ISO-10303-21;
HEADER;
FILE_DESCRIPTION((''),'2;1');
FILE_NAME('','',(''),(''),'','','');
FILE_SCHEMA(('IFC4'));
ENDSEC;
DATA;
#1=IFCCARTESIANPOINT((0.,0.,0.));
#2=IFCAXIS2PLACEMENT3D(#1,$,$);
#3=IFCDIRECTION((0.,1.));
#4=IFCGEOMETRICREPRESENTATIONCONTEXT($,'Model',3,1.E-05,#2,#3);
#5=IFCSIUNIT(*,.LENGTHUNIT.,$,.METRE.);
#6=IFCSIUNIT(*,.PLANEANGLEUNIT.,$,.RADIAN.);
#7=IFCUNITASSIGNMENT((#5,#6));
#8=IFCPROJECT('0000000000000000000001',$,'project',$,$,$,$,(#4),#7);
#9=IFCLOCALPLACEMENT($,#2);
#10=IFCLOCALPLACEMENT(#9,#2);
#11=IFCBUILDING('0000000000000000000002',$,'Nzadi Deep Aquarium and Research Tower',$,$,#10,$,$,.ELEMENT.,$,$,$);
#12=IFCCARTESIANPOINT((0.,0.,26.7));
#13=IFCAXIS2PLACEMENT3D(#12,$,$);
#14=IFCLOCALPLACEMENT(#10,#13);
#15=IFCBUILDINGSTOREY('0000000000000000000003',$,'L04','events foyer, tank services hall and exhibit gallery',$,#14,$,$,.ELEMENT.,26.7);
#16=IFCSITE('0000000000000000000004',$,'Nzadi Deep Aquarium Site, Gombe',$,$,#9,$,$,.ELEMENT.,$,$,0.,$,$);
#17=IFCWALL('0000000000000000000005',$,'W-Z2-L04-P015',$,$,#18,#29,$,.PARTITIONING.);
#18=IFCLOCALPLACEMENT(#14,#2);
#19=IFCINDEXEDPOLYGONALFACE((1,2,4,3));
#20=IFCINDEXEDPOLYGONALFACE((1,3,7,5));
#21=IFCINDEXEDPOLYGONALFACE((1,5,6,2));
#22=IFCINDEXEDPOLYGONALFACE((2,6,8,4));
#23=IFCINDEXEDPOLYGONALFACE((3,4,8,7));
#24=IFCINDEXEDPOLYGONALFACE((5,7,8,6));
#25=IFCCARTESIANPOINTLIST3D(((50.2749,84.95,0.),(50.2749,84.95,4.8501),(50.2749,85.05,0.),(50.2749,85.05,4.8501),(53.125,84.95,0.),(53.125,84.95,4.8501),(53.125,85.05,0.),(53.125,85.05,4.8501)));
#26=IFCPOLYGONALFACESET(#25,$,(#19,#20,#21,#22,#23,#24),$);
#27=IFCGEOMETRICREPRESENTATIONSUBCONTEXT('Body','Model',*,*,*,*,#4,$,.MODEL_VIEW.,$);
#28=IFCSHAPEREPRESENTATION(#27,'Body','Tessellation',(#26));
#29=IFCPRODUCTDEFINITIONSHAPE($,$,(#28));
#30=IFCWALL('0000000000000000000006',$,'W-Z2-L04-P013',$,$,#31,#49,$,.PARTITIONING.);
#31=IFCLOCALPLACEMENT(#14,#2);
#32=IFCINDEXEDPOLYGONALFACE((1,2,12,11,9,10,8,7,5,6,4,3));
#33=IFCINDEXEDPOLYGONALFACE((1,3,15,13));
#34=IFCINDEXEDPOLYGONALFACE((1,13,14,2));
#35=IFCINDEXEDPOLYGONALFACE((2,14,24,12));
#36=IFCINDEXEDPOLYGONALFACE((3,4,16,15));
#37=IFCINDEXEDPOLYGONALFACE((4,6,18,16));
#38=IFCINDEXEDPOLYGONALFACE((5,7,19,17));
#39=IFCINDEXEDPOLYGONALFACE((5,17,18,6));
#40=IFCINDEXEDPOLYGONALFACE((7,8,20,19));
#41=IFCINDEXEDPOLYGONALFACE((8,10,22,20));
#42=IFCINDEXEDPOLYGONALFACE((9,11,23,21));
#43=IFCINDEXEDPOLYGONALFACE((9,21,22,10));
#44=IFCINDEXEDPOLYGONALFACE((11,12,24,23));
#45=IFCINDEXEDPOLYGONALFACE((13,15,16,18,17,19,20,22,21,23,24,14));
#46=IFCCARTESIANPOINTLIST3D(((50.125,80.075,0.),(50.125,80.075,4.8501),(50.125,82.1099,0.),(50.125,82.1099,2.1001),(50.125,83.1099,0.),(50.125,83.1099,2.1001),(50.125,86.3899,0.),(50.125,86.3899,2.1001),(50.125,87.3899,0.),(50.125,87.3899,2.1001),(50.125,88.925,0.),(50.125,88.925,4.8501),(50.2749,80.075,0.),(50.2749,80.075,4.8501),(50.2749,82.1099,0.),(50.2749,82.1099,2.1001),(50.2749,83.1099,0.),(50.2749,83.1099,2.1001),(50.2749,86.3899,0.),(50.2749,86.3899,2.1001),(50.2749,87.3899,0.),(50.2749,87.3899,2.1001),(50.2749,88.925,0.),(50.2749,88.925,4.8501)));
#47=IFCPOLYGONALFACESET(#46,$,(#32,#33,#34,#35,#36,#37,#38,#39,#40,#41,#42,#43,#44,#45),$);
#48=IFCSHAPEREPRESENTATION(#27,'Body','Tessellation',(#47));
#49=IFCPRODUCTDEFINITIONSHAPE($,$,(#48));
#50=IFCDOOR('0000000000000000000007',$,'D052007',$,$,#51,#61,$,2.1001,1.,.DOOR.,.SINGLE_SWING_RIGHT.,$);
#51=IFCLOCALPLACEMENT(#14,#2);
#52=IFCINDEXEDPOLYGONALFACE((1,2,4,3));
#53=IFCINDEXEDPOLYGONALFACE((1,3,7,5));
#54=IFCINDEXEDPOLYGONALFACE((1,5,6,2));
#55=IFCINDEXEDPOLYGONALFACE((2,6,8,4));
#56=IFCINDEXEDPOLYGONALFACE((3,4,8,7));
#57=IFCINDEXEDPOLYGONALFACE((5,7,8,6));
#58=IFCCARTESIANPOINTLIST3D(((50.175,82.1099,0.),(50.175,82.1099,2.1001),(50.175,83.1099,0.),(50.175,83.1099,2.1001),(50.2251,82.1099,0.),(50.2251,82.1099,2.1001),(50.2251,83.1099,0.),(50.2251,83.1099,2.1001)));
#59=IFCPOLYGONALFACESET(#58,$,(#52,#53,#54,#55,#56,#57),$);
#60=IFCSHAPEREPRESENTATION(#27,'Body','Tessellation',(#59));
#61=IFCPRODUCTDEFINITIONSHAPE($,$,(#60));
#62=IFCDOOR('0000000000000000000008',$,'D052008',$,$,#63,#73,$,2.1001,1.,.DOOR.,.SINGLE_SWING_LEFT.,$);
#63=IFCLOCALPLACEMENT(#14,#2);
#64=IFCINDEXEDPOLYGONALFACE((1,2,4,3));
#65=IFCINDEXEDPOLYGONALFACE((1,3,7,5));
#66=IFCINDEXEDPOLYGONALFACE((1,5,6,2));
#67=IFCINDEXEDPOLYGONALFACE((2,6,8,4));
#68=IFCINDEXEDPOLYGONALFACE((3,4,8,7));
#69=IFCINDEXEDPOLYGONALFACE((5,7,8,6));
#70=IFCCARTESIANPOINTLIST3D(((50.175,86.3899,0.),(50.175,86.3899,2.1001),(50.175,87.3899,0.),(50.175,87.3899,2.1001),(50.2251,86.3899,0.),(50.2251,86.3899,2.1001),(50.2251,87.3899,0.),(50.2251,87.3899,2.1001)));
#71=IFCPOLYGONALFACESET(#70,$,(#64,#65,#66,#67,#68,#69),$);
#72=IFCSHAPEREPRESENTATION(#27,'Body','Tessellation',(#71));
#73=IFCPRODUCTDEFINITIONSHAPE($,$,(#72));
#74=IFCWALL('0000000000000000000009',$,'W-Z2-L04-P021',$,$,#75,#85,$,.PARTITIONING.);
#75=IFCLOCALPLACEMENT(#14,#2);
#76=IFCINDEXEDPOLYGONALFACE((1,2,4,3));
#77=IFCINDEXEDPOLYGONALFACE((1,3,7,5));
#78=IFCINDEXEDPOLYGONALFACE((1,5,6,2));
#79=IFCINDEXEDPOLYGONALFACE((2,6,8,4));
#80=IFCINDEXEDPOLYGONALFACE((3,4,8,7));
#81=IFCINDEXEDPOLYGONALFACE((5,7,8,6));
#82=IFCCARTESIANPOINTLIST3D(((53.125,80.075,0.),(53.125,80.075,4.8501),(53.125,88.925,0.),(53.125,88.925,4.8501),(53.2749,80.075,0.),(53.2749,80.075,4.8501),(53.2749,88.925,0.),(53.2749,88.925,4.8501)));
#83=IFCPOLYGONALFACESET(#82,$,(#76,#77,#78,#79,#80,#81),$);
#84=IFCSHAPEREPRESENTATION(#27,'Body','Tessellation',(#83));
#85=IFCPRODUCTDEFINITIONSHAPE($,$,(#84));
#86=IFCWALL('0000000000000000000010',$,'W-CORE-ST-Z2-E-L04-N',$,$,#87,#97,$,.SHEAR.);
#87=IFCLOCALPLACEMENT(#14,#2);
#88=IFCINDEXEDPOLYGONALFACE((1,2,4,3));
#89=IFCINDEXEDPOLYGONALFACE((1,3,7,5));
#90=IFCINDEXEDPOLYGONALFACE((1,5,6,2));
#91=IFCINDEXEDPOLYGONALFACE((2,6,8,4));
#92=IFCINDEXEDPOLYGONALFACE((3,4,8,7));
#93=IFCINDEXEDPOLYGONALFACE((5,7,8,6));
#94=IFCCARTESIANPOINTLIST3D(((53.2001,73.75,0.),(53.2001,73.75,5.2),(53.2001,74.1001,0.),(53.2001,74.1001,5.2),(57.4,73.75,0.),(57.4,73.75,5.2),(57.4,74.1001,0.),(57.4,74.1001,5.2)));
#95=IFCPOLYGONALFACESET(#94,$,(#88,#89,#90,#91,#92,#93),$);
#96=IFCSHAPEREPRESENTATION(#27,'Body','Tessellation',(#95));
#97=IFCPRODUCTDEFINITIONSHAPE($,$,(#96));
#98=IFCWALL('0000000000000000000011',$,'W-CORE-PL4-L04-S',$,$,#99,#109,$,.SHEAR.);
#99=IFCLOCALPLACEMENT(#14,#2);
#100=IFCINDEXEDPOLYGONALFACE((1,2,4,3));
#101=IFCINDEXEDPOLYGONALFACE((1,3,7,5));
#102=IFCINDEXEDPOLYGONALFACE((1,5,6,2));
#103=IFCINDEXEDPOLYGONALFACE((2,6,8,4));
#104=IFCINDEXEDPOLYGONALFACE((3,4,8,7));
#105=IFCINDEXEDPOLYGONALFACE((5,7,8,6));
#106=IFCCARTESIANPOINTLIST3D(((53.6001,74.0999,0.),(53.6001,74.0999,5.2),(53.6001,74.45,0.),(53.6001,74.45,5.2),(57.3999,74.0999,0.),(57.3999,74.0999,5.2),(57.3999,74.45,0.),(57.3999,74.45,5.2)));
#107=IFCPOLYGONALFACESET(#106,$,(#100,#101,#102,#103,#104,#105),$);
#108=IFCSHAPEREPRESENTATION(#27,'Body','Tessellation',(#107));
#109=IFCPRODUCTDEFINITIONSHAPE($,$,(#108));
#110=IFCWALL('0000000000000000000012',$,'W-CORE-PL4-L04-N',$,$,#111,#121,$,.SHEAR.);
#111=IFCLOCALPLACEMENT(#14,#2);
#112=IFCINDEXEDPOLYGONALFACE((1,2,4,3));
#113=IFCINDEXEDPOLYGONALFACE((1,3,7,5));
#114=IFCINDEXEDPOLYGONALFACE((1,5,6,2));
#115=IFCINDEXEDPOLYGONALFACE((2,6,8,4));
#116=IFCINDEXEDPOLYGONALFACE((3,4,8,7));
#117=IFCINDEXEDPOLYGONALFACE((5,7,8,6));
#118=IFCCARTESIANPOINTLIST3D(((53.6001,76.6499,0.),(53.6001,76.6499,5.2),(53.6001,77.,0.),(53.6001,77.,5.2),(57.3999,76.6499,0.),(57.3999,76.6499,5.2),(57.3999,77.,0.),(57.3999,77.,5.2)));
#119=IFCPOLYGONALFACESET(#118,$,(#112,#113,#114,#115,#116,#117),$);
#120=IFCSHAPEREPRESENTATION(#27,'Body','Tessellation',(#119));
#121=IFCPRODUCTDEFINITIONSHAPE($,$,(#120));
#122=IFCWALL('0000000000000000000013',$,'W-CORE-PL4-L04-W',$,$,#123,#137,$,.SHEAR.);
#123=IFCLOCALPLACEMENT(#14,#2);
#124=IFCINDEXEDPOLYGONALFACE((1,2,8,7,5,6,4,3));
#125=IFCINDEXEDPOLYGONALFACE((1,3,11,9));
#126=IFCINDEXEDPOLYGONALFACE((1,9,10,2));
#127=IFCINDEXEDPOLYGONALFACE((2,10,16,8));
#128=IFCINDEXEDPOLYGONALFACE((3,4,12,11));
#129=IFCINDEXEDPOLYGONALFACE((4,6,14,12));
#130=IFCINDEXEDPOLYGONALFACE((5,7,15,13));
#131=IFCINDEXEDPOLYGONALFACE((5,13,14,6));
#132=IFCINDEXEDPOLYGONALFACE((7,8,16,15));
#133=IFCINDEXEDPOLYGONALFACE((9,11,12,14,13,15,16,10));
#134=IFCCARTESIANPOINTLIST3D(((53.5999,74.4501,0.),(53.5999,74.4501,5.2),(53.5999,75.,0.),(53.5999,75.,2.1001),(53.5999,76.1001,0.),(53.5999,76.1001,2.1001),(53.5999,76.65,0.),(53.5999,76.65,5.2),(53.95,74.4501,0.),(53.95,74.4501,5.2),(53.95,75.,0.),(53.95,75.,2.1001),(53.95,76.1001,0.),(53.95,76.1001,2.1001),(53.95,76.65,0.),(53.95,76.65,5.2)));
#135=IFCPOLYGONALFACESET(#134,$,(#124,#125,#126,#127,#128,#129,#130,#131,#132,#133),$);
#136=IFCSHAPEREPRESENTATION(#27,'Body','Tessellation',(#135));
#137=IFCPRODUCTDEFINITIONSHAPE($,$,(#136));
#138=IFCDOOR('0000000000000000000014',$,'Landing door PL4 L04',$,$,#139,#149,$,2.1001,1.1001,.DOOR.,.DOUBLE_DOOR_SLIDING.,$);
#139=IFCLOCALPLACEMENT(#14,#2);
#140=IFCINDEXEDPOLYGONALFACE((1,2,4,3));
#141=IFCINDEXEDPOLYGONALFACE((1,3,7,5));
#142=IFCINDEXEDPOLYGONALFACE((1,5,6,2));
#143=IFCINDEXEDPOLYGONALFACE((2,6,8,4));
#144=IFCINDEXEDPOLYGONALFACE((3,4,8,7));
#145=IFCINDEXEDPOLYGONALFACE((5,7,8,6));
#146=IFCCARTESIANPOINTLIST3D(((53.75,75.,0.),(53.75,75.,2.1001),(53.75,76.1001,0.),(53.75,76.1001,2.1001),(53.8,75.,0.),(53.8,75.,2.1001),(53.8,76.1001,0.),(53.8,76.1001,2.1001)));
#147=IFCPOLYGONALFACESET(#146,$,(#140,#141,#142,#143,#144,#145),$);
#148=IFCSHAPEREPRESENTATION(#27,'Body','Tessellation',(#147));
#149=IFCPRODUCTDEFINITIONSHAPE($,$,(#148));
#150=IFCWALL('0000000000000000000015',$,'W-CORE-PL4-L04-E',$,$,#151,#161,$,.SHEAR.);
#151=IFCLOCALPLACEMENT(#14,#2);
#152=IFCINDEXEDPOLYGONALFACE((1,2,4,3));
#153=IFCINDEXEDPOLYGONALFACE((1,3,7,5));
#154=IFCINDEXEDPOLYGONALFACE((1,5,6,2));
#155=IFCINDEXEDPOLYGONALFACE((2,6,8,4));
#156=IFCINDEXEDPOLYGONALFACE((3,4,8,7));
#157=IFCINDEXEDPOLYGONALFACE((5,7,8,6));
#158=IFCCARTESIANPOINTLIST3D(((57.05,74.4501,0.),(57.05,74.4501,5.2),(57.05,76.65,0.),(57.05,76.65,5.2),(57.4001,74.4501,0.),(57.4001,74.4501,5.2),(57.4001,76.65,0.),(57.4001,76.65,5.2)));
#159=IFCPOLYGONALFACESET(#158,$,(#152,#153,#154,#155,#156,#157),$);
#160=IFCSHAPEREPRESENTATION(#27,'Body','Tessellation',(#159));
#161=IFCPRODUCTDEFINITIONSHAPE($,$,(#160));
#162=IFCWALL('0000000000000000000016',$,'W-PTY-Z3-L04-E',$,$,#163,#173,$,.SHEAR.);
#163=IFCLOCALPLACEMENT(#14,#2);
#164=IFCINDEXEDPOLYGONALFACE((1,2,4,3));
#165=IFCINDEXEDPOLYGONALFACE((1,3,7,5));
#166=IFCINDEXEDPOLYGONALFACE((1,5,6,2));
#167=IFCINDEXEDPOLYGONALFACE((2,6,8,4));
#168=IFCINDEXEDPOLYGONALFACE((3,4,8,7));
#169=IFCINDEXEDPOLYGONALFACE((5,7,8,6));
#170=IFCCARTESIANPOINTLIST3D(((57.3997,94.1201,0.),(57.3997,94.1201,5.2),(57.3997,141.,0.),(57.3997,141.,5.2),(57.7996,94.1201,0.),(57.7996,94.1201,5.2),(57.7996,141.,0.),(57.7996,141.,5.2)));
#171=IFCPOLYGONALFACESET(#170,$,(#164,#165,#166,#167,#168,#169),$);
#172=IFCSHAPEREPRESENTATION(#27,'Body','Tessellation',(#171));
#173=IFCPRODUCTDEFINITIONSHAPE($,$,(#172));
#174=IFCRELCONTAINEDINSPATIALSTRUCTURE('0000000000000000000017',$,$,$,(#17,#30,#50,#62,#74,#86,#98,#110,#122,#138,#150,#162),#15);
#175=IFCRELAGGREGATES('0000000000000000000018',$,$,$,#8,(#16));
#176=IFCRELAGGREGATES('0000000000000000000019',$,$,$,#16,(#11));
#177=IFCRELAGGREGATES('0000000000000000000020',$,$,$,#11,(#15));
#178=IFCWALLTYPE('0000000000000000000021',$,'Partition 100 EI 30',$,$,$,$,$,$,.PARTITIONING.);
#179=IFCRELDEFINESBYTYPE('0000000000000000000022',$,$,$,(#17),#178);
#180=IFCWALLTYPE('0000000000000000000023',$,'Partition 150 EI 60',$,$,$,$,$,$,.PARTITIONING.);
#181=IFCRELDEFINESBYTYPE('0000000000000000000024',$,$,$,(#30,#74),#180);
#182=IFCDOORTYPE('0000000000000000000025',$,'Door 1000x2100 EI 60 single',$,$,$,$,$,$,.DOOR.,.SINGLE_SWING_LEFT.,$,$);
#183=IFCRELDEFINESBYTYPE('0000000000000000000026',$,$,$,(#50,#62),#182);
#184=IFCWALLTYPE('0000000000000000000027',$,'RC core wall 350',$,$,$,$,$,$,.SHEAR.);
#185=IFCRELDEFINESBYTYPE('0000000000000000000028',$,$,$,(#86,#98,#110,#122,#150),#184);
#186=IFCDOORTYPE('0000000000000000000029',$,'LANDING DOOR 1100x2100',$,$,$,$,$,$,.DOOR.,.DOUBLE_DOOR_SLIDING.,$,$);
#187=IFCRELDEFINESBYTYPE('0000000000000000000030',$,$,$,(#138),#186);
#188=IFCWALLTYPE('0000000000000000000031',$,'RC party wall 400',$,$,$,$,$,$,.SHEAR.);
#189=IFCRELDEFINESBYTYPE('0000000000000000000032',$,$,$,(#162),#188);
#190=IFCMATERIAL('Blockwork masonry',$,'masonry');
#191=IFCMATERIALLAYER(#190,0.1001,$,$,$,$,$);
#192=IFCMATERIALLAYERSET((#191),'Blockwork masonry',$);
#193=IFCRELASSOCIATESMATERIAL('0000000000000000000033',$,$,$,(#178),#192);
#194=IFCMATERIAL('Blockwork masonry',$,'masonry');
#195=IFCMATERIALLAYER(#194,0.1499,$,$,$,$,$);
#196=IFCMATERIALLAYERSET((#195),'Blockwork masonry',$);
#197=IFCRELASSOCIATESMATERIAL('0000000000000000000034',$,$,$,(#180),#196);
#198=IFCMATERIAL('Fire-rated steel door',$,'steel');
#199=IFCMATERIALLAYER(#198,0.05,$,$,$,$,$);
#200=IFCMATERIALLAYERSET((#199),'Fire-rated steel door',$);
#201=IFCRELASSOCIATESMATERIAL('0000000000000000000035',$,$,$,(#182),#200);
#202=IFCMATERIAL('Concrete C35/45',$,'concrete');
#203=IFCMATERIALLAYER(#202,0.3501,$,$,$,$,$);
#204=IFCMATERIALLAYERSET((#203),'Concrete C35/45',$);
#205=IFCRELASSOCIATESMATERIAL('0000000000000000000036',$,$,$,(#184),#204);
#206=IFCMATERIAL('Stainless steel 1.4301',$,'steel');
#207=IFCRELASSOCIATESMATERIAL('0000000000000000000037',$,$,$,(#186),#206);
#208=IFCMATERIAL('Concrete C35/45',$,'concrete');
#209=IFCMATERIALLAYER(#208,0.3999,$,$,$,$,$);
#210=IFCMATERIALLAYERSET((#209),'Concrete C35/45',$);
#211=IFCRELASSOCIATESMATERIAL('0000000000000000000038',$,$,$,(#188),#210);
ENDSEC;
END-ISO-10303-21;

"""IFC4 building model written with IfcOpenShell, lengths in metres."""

from ifc_helpers import new_model, si_unit, direction, frame, frame_2d, origin, place, context, subcontext, project, spatial, rectangle, extrude, material, layer, layer_set, type_object, element, fill, save


model = new_model("IFC4")

# Units and contexts
model_context = context("Model", 3, precision=1e-05, world=origin(), true_north=direction((0.0, 1.0)))
body_context = subcontext(model_context, "Body", "Model", "MODEL_VIEW")
ifc_project = project(units=[si_unit("LENGTHUNIT", "METRE"), si_unit("PLANEANGLEUNIT", "RADIAN")], contexts=[model_context])

# Site, building, storey
site_placement = place(None, origin())
site = spatial("IfcSite", under=ifc_project, at=site_placement, Name="Nzadi Deep Aquarium Site, Gombe", CompositionType="ELEMENT", RefElevation=0.0)
building_placement = place(site_placement, origin())
building = spatial("IfcBuilding", under=site, at=building_placement, Name="Nzadi Deep Aquarium and Research Tower", CompositionType="ELEMENT")
storey_placement = place(building_placement, frame((0.0, 0.0, 26.7)))
storey = spatial("IfcBuildingStorey", under=building, at=storey_placement, Name="L04", Description="events foyer, tank services hall and exhibit gallery", CompositionType="ELEMENT", Elevation=26.7)

# Wall
ifc_material_1 = material(Name="Blockwork masonry", Category="masonry")
ifc_layer_1 = layer(ifc_material_1, 0.1001)
ifc_layer_set_1 = layer_set([ifc_layer_1], Name="Blockwork masonry")
wall_type_1 = type_object("IfcWallType", Name="Partition 100 EI 30", PredefinedType="PARTITIONING", material=ifc_layer_set_1)
wall_1_placement = place(storey_placement, frame((50.2749, 85.0, 0.0), z_axis=(0.0, 0.0, 1.0), x_axis=(1.0, 0.0, 0.0)))
element("IfcWall", 1, at=wall_1_placement, inside=storey, type_object=wall_type_1, Name="W-Z2-L04-P015", PredefinedType="PARTITIONING", context=body_context, shape_type="SweptSolid", body=[
    extrude(rectangle(XDim=2.8501, YDim=0.1001, at=frame_2d((1.425, 0.0))), origin(), (0.0, 0.0, 1.0), 4.8501),
])

# Wall, openings, doors
ifc_material_2 = material(Name="Blockwork masonry", Category="masonry")
ifc_layer_2 = layer(ifc_material_2, 0.1499)
ifc_layer_set_2 = layer_set([ifc_layer_2], Name="Blockwork masonry")
wall_type_2 = type_object("IfcWallType", Name="Partition 150 EI 60", PredefinedType="PARTITIONING", material=ifc_layer_set_2)
wall_2_placement = place(storey_placement, frame((50.2, 80.075, 0.0), z_axis=(0.0, 0.0, 1.0), x_axis=(0.0, 1.0, 0.0)))
wall_2 = element("IfcWall", 2, at=wall_2_placement, inside=storey, type_object=wall_type_2, Name="W-Z2-L04-P013", PredefinedType="PARTITIONING", context=body_context, shape_type="SweptSolid", body=[
    extrude(rectangle(XDim=8.8501, YDim=0.1499, at=frame_2d((4.425, 0.0))), origin(), (0.0, 0.0, 1.0), 4.8501),
])
opening_1_placement = place(wall_2_placement, frame((2.0349, 0.0, 0.0)))
opening_1 = element("IfcOpeningElement", 3, at=opening_1_placement, cuts=wall_2, PredefinedType="OPENING", context=body_context, shape_type="SweptSolid", body=[
    extrude(rectangle(XDim=1.0, YDim=2.1001, at=frame_2d((0.5, 1.05))), frame((0.0, 0.085, 0.0), z_axis=(0.0, -1.0, 0.0), x_axis=(1.0, 0.0, 0.0)), (0.0, 0.0, 1.0), 0.1699),
])
opening_2_placement = place(wall_2_placement, frame((6.3149, 0.0, 0.0)))
opening_2 = element("IfcOpeningElement", 4, at=opening_2_placement, cuts=wall_2, PredefinedType="OPENING", context=body_context, shape_type="SweptSolid", body=[
    extrude(rectangle(XDim=1.0, YDim=2.1001, at=frame_2d((0.5, 1.05))), frame((0.0, 0.085, 0.0), z_axis=(0.0, -1.0, 0.0), x_axis=(1.0, 0.0, 0.0)), (0.0, 0.0, 1.0), 0.1699),
])
ifc_material_3 = material(Name="Fire-rated steel door", Category="steel")
ifc_layer_3 = layer(ifc_material_3, 0.05)
ifc_layer_set_3 = layer_set([ifc_layer_3], Name="Fire-rated steel door")
door_type_1 = type_object("IfcDoorType", Name="Door 1000x2100 EI 60 single", OperationType="SINGLE_SWING_LEFT", PredefinedType="DOOR", material=ifc_layer_set_3)
door_1_placement = place(opening_1_placement, origin())
door_1 = element("IfcDoor", 5, at=door_1_placement, inside=storey, type_object=door_type_1, Name="D052007", OperationType="SINGLE_SWING_RIGHT", OverallHeight=2.1001, OverallWidth=1.0, PredefinedType="DOOR", context=body_context, shape_type="SweptSolid", body=[
    extrude(rectangle(XDim=1.0, YDim=2.1001, at=frame_2d((0.5, 1.05))), frame((0.0, 0.0249, 0.0), z_axis=(0.0, -1.0, 0.0), x_axis=(1.0, 0.0, 0.0)), (0.0, 0.0, 1.0), 0.05),
])
fill(opening_1, door_1)
door_2_placement = place(opening_2_placement, origin())
door_2 = element("IfcDoor", 6, at=door_2_placement, inside=storey, type_object=door_type_1, Name="D052008", OperationType="SINGLE_SWING_LEFT", OverallHeight=2.1001, OverallWidth=1.0, PredefinedType="DOOR", context=body_context, shape_type="SweptSolid", body=[
    extrude(rectangle(XDim=1.0, YDim=2.1001, at=frame_2d((0.5, 1.05))), frame((0.0, 0.0249, 0.0), z_axis=(0.0, -1.0, 0.0), x_axis=(1.0, 0.0, 0.0)), (0.0, 0.0, 1.0), 0.05),
])
fill(opening_2, door_2)

# Walls
wall_3_placement = place(storey_placement, frame((53.2, 80.075, 0.0), z_axis=(0.0, 0.0, 1.0), x_axis=(0.0, 1.0, 0.0)))
element("IfcWall", 7, at=wall_3_placement, inside=storey, type_object=wall_type_2, Name="W-Z2-L04-P021", PredefinedType="PARTITIONING", context=body_context, shape_type="SweptSolid", body=[
    extrude(rectangle(XDim=8.8501, YDim=0.1499, at=frame_2d((4.425, 0.0))), origin(), (0.0, 0.0, 1.0), 4.8501),
])
ifc_material_4 = material(Name="Concrete C35/45", Category="concrete")
ifc_layer_4 = layer(ifc_material_4, 0.3501)
ifc_layer_set_4 = layer_set([ifc_layer_4], Name="Concrete C35/45")
wall_type_3 = type_object("IfcWallType", Name="RC core wall 350", PredefinedType="SHEAR", material=ifc_layer_set_4)
wall_4_placement = place(storey_placement, frame((53.2, 73.925, 0.0), z_axis=(0.0, 0.0, 1.0), x_axis=(1.0, 0.0, 0.0)))
element("IfcWall", 8, at=wall_4_placement, inside=storey, type_object=wall_type_3, Name="W-CORE-ST-Z2-E-L04-N", PredefinedType="SHEAR", context=body_context, shape_type="SweptSolid", body=[
    extrude(rectangle(XDim=4.2, YDim=0.3501, at=frame_2d((2.1001, 0.0))), origin(), (0.0, 0.0, 1.0), 5.2),
])
for number, where, z_axis, x_axis, name in (
    (9, (53.6001, 74.2749, 0.0), (0.0, 0.0, 1.0), (1.0, 0.0, 0.0), "W-CORE-PL4-L04-S"),
    (10, (53.6001, 76.825, 0.0), (0.0, 0.0, 1.0), (1.0, 0.0, 0.0), "W-CORE-PL4-L04-N"),
):
    element("IfcWall", number, at=place(storey_placement, frame(where, z_axis=z_axis, x_axis=x_axis)), inside=storey, type_object=wall_type_3, Name=name, PredefinedType="SHEAR", context=body_context, shape_type="SweptSolid", body=[
        extrude(rectangle(XDim=3.7998, YDim=0.3501, at=frame_2d((1.8999, 0.0))), origin(), (0.0, 0.0, 1.0), 5.2),
    ])

# Wall, opening, door
wall_5_placement = place(storey_placement, frame((53.7749, 74.45, 0.0), z_axis=(0.0, 0.0, 1.0), x_axis=(0.0, 1.0, 0.0)))
wall_5 = element("IfcWall", 11, at=wall_5_placement, inside=storey, type_object=wall_type_3, Name="W-CORE-PL4-L04-W", PredefinedType="SHEAR", context=body_context, shape_type="SweptSolid", body=[
    extrude(rectangle(XDim=2.2, YDim=0.3501, at=frame_2d((1.1001, 0.0))), origin(), (0.0, 0.0, 1.0), 5.2),
])
opening_3_placement = place(wall_5_placement, frame((0.55, 0.0, 0.0)))
opening_3 = element("IfcOpeningElement", 12, at=opening_3_placement, cuts=wall_5, PredefinedType="OPENING", context=body_context, shape_type="SweptSolid", body=[
    extrude(rectangle(XDim=1.1001, YDim=2.1001, at=frame_2d((0.55, 1.05))), frame((0.0, 0.1851, 0.0), z_axis=(0.0, -1.0, 0.0), x_axis=(1.0, 0.0, 0.0)), (0.0, 0.0, 1.0), 0.3701),
])
ifc_material_5 = material(Name="Stainless steel 1.4301", Category="steel")
door_type_2 = type_object("IfcDoorType", Name="LANDING DOOR 1100x2100", OperationType="DOUBLE_DOOR_SLIDING", PredefinedType="DOOR", material=ifc_material_5)
door_3_placement = place(opening_3_placement, origin())
door_3 = element("IfcDoor", 13, at=door_3_placement, inside=storey, type_object=door_type_2, Name="Landing door PL4 L04", OperationType="DOUBLE_DOOR_SLIDING", OverallHeight=2.1001, OverallWidth=1.1001, PredefinedType="DOOR", context=body_context, shape_type="SweptSolid", body=[
    extrude(rectangle(XDim=1.1001, YDim=2.1001, at=frame_2d((0.55, 1.05))), frame((0.0, 0.0249, 0.0), z_axis=(0.0, -1.0, 0.0), x_axis=(1.0, 0.0, 0.0)), (0.0, 0.0, 1.0), 0.05),
])
fill(opening_3, door_3)

# Walls
wall_6_placement = place(storey_placement, frame((57.2251, 74.45, 0.0), z_axis=(0.0, 0.0, 1.0), x_axis=(0.0, 1.0, 0.0)))
element("IfcWall", 14, at=wall_6_placement, inside=storey, type_object=wall_type_3, Name="W-CORE-PL4-L04-E", PredefinedType="SHEAR", context=body_context, shape_type="SweptSolid", body=[
    extrude(rectangle(XDim=2.2, YDim=0.3501, at=frame_2d((1.1001, 0.0))), origin(), (0.0, 0.0, 1.0), 5.2),
])
ifc_material_6 = material(Name="Concrete C35/45", Category="concrete")
ifc_layer_5 = layer(ifc_material_6, 0.3999)
ifc_layer_set_5 = layer_set([ifc_layer_5], Name="Concrete C35/45")
wall_type_4 = type_object("IfcWallType", Name="RC party wall 400", PredefinedType="SHEAR", material=ifc_layer_set_5)
wall_7_placement = place(storey_placement, frame((57.5996, 94.1201, 0.0), z_axis=(0.0, 0.0, 1.0), x_axis=(0.0, 1.0, 0.0)))
element("IfcWall", 15, at=wall_7_placement, inside=storey, type_object=wall_type_4, Name="W-PTY-Z3-L04-E", PredefinedType="SHEAR", context=body_context, shape_type="SweptSolid", body=[
    extrude(rectangle(XDim=46.8799, YDim=0.3999, at=frame_2d((23.4399, 0.0))), origin(), (0.0, 0.0, 1.0), 5.2),
])

save(model, "model.ifc")
